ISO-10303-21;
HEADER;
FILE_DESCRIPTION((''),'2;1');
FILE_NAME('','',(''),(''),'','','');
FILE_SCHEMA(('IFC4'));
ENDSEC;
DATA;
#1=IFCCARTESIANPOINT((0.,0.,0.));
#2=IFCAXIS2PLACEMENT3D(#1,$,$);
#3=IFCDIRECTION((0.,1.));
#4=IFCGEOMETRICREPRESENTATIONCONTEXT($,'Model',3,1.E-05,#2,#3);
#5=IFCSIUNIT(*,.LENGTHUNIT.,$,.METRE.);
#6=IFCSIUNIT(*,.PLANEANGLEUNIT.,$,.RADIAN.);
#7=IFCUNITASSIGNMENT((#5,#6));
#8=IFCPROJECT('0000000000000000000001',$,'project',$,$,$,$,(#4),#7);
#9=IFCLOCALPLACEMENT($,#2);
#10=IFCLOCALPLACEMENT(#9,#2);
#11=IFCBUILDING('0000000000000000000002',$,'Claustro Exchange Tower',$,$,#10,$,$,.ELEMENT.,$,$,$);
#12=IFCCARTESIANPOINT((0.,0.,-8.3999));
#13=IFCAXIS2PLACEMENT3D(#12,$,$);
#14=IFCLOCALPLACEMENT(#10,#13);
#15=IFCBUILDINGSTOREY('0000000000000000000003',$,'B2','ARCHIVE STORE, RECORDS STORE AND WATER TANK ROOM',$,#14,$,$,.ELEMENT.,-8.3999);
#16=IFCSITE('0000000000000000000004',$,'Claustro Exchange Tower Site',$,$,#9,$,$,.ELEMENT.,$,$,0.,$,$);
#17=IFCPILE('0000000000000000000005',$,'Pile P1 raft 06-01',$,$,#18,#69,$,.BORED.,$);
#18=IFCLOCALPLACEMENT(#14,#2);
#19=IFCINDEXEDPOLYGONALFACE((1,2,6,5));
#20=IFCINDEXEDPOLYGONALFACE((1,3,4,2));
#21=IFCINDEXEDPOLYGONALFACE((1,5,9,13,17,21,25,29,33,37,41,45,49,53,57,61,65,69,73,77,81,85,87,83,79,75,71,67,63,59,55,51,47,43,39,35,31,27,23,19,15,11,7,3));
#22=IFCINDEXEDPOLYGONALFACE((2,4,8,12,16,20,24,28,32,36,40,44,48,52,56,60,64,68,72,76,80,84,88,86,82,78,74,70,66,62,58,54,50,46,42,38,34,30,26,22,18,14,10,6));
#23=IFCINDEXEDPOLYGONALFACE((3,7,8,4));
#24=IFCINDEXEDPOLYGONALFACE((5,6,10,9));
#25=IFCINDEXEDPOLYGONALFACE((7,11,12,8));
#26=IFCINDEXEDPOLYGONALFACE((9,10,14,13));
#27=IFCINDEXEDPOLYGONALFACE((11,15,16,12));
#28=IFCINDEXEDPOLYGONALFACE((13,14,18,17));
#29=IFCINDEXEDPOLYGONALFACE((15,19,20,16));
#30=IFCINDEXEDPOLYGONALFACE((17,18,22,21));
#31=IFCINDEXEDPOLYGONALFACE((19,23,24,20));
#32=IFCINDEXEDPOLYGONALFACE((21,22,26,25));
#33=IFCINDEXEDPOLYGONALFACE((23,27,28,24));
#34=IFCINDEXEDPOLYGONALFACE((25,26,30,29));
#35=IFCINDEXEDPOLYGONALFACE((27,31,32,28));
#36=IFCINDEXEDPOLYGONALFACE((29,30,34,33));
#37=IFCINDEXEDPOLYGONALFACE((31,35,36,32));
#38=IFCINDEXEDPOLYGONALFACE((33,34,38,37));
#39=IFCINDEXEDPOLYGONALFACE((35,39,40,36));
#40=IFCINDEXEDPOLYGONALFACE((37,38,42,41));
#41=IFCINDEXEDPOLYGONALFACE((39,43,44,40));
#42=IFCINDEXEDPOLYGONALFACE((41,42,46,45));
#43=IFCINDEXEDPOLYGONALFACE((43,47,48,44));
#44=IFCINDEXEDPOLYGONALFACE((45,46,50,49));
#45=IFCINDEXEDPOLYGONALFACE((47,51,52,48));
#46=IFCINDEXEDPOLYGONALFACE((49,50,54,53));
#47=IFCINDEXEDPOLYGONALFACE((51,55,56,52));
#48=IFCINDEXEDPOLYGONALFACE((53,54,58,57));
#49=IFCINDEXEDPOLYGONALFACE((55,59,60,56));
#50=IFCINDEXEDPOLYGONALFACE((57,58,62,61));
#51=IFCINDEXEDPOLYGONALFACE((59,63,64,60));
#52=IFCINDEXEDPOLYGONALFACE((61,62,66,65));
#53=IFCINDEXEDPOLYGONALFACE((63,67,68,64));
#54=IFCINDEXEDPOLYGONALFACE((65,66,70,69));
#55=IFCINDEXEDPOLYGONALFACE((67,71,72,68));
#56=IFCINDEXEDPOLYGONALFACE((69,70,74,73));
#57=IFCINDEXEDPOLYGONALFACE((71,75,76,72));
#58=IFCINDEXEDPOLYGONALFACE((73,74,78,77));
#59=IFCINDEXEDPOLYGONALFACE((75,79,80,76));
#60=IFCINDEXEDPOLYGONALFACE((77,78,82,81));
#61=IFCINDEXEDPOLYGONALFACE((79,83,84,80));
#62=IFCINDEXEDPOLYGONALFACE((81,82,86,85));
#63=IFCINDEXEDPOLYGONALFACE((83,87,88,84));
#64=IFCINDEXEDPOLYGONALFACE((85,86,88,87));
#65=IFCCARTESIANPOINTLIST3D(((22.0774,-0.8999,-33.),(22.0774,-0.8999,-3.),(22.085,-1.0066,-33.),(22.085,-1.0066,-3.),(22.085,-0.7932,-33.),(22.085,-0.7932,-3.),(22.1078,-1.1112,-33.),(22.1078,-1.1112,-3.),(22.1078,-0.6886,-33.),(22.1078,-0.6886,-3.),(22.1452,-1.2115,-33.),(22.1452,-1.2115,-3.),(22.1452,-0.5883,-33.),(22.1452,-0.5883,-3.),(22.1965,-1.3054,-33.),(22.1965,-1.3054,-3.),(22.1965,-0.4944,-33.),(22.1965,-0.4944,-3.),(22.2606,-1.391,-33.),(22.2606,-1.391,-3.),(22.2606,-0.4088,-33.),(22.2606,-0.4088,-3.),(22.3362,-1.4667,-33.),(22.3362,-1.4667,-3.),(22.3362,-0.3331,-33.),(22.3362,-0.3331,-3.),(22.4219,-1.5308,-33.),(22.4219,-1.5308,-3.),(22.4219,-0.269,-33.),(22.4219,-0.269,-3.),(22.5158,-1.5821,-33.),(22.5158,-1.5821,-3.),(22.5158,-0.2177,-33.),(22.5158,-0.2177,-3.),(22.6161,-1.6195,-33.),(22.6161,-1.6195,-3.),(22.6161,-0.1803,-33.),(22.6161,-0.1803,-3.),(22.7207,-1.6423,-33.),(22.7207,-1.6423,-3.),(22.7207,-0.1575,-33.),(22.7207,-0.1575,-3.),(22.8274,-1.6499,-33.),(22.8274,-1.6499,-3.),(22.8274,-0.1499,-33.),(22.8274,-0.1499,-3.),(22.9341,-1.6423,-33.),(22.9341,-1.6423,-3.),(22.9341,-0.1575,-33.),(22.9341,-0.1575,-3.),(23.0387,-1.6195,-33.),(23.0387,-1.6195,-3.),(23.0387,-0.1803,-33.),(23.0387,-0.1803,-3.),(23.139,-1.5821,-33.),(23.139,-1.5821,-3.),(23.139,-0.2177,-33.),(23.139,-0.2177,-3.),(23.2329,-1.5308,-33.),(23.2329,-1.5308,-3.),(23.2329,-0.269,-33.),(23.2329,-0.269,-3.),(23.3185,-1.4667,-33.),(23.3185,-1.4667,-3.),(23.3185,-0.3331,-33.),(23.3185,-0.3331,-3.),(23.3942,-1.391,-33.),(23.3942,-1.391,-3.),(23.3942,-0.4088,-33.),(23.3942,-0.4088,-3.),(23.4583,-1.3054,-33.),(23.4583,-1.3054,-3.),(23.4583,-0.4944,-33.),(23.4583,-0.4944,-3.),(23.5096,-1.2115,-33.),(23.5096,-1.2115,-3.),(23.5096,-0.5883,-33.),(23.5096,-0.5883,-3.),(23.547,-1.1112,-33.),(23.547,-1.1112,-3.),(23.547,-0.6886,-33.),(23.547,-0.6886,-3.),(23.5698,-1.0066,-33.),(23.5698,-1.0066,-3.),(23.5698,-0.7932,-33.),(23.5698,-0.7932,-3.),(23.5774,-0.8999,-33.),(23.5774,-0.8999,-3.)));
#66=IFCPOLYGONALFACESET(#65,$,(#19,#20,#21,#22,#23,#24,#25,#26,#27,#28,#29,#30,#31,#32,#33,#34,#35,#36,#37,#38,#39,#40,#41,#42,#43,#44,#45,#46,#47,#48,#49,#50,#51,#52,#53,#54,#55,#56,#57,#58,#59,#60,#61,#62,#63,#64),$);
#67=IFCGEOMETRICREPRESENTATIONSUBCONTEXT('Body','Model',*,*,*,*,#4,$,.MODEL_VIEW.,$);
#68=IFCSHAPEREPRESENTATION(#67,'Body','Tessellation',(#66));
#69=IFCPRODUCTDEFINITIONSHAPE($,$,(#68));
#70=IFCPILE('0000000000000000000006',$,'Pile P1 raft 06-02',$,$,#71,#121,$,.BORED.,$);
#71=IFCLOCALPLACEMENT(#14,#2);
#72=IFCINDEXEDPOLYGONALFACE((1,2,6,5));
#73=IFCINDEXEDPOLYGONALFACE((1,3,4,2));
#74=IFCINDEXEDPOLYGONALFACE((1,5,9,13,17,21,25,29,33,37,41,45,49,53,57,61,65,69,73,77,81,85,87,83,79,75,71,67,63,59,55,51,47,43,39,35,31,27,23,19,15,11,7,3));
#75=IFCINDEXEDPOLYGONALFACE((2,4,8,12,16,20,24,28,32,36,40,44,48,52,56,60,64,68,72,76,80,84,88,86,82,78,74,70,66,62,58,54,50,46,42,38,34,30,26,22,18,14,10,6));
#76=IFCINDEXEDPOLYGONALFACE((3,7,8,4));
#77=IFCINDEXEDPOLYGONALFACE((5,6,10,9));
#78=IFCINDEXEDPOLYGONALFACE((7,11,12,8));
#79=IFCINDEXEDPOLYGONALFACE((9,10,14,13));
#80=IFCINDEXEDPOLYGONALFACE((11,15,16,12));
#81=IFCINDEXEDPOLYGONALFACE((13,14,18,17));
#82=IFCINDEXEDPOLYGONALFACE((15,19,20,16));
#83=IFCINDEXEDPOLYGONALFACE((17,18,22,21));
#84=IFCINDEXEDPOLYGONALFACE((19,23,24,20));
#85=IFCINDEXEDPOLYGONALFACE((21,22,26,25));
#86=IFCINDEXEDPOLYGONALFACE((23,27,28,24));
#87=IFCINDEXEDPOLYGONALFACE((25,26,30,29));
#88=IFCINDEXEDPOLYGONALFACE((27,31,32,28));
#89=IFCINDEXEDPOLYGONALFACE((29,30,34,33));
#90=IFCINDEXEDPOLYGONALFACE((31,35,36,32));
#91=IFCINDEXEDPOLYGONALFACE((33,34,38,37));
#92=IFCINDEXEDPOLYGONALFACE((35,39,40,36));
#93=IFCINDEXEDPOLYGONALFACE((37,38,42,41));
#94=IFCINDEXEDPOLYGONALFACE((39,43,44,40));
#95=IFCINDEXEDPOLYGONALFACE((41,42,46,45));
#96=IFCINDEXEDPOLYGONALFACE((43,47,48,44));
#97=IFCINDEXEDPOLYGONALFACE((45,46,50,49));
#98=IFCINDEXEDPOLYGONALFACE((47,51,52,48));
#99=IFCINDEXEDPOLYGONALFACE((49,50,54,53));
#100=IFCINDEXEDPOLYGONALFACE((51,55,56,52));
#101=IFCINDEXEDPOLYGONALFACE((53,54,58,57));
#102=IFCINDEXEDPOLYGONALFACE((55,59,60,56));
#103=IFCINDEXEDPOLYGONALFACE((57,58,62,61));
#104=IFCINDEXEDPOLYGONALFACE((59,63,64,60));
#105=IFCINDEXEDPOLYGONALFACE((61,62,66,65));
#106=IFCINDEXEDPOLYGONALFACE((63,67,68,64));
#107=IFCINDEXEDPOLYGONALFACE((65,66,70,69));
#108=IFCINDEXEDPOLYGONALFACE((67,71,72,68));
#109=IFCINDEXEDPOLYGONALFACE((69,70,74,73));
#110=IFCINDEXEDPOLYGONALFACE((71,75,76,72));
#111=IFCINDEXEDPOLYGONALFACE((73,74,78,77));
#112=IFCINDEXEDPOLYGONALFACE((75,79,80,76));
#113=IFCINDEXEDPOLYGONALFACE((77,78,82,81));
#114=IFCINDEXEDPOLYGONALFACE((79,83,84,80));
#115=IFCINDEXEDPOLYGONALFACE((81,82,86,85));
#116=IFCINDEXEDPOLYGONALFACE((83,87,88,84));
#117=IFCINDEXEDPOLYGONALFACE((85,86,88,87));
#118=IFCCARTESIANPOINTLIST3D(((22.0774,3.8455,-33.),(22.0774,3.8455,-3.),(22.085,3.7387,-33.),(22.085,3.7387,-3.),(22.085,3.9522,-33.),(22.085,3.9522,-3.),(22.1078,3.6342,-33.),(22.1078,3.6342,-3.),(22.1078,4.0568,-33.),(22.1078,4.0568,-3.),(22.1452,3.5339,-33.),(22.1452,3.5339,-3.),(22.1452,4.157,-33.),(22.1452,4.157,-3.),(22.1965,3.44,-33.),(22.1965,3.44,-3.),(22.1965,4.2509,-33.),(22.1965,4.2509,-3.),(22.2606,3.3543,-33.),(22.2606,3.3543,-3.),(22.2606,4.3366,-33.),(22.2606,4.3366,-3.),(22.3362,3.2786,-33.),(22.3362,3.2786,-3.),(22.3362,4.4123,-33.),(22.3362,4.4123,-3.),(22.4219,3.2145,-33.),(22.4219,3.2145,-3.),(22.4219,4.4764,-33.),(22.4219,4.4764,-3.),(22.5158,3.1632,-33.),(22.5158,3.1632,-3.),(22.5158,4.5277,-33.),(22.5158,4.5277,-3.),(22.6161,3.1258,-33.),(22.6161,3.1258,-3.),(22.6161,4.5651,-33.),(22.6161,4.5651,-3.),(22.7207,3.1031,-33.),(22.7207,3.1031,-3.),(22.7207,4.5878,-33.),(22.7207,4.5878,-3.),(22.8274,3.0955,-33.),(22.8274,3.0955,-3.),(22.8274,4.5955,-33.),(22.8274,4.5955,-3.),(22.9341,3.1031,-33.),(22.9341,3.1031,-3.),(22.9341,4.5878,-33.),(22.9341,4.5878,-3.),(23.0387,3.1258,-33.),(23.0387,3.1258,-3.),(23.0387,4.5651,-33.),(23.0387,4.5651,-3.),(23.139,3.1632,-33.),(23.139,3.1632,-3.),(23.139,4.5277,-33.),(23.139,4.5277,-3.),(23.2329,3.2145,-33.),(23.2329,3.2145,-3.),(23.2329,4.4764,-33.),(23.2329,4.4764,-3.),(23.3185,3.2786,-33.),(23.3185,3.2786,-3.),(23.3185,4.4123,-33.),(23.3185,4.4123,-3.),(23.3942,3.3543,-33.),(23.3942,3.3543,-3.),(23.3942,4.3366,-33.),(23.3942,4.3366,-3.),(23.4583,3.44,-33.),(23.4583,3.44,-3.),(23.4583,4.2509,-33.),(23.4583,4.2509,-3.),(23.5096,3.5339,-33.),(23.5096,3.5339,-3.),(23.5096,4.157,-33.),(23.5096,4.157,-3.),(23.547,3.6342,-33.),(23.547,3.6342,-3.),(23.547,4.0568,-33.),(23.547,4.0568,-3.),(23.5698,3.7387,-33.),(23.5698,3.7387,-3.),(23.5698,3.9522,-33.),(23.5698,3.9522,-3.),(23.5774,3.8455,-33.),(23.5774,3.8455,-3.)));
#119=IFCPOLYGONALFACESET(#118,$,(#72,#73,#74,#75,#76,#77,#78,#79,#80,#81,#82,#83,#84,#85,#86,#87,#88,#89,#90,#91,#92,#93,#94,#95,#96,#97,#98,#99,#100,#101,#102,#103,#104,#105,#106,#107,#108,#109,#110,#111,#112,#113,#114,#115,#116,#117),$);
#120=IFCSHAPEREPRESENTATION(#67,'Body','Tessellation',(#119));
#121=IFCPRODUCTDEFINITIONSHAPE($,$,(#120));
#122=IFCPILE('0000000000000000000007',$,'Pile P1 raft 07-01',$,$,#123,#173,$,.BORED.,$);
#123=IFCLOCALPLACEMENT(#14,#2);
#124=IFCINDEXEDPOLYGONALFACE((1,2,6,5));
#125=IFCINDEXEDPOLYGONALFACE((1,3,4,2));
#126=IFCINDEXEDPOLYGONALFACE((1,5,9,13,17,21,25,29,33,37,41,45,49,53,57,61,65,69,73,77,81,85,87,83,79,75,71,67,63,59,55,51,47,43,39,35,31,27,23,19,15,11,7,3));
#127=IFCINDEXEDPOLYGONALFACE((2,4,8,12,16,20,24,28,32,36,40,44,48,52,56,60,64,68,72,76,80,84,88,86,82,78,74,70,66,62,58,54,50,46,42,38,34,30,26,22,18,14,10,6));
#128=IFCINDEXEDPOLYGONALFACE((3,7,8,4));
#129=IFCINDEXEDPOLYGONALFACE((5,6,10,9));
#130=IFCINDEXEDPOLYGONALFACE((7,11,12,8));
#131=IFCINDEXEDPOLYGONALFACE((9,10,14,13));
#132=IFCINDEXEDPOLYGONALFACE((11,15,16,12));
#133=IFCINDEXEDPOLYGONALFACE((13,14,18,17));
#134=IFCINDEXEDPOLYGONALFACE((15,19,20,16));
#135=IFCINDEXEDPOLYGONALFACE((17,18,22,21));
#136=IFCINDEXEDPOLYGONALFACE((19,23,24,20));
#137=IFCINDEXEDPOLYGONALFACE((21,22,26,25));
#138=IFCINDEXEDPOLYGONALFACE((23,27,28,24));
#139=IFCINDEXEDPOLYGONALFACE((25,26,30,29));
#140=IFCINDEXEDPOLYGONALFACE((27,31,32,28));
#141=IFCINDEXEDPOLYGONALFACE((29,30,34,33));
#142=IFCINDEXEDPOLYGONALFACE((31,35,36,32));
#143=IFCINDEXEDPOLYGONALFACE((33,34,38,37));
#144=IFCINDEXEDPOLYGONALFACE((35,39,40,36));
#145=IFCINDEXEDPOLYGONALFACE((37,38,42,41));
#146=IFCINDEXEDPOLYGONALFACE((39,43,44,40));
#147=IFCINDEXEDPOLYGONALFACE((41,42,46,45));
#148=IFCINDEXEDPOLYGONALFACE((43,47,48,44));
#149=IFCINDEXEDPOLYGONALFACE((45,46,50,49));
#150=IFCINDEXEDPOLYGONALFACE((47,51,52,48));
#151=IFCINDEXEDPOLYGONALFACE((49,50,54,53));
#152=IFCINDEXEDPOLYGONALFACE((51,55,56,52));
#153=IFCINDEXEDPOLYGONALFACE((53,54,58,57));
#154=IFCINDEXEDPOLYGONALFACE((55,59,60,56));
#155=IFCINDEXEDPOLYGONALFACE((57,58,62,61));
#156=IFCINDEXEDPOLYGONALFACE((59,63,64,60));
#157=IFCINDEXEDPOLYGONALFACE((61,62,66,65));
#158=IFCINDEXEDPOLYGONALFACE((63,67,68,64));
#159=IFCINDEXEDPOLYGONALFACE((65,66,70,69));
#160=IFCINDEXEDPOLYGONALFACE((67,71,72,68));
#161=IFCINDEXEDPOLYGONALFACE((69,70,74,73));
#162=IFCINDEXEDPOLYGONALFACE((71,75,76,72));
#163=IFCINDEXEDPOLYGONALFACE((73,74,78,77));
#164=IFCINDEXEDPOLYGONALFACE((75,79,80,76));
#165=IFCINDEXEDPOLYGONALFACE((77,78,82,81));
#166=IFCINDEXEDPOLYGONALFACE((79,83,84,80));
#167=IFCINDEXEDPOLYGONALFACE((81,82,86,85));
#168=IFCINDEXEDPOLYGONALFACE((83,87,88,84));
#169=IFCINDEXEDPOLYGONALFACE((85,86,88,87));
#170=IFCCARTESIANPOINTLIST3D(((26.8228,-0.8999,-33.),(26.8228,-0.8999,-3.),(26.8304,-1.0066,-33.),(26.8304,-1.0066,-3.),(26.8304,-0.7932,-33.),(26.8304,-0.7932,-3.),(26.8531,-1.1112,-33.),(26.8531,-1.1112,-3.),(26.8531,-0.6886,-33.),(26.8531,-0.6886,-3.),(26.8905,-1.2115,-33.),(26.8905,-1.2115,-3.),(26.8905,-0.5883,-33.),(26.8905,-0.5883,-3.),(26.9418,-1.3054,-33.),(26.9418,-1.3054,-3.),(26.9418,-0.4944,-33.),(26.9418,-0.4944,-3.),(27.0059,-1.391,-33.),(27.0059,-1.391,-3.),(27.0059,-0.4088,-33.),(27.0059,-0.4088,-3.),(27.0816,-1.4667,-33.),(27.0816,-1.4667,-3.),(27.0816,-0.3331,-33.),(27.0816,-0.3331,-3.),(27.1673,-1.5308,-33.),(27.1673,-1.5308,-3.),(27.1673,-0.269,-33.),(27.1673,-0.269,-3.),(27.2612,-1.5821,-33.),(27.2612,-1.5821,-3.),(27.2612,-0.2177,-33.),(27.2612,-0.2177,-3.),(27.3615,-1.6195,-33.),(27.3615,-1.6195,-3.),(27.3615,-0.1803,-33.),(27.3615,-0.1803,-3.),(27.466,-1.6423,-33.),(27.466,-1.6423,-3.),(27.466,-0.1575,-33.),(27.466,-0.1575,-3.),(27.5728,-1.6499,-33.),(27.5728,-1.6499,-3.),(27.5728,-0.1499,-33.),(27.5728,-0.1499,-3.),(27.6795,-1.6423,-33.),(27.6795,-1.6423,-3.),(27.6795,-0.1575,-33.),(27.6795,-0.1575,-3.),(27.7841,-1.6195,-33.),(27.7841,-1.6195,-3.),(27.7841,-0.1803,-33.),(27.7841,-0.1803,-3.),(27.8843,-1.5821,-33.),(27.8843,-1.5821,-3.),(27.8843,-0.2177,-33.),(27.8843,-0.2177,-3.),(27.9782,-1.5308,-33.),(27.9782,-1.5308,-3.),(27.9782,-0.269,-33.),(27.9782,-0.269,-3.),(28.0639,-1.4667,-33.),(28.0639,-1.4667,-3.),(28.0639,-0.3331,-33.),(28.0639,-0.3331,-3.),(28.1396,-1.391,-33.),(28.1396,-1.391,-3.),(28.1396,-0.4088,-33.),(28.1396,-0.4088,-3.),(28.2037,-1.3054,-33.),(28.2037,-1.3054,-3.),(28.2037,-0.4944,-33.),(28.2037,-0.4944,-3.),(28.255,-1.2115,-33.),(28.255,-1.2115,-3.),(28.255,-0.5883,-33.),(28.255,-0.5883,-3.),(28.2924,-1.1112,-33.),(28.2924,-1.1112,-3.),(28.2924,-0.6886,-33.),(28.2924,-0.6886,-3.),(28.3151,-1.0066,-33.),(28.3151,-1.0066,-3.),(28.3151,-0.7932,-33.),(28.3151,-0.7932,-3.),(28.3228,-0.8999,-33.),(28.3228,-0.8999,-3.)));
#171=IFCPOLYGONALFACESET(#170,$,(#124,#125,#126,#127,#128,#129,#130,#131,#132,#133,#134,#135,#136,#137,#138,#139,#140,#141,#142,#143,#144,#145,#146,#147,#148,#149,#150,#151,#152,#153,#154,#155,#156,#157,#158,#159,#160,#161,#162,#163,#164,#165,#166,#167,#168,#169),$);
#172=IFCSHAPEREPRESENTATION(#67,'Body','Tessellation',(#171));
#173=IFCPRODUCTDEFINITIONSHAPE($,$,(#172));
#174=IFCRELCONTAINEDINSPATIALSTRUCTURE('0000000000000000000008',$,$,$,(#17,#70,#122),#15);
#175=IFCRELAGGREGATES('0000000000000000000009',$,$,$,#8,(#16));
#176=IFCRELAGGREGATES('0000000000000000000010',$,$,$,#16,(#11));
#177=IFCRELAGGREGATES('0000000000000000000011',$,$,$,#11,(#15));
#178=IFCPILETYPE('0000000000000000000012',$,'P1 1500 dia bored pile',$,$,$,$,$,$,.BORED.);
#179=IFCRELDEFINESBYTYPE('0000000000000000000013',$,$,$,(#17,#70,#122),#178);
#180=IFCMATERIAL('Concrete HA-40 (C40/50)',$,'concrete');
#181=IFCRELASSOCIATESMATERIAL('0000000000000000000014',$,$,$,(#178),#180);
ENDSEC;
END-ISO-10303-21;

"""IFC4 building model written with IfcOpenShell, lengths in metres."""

from ifc_helpers import new_model, si_unit, direction, frame, origin, origin_2d, place, context, subcontext, project, spatial, circle, extrude, material, type_object, element, save


model = new_model("IFC4")

# Units and contexts
model_context = context("Model", 3, precision=1e-05, world=origin(), true_north=direction((0.0, 1.0)))
body_context = subcontext(model_context, "Body", "Model", "MODEL_VIEW")
ifc_project = project(units=[si_unit("LENGTHUNIT", "METRE"), si_unit("PLANEANGLEUNIT", "RADIAN")], contexts=[model_context])

# Site, building, storey
site_placement = place(None, origin())
site = spatial("IfcSite", under=ifc_project, at=site_placement, Name="Claustro Exchange Tower Site", CompositionType="ELEMENT", RefElevation=0.0)
building_placement = place(site_placement, origin())
building = spatial("IfcBuilding", under=site, at=building_placement, Name="Claustro Exchange Tower", CompositionType="ELEMENT")
storey_placement = place(building_placement, frame((0.0, 0.0, -8.3999)))
storey = spatial("IfcBuildingStorey", under=building, at=storey_placement, Name="B2", Description="ARCHIVE STORE, RECORDS STORE AND WATER TANK ROOM", CompositionType="ELEMENT", Elevation=-8.3999)

# Piles
ifc_material_1 = material(Name="Concrete HA-40 (C40/50)", Category="concrete")
pile_type_1 = type_object("IfcPileType", Name="P1 1500 dia bored pile", PredefinedType="BORED", material=ifc_material_1)
for number, where, z_axis, x_axis, name in (
    (1, (22.8274, -0.8999, -3.0), (0.0, 0.0, -1.0), (1.0, 0.0, 0.0), "Pile P1 raft 06-01"),
    (2, (22.8274, 3.8455, -3.0), (0.0, 0.0, -1.0), (1.0, 0.0, 0.0), "Pile P1 raft 06-02"),
    (3, (27.5728, -0.8999, -3.0), (0.0, 0.0, -1.0), (1.0, 0.0, 0.0), "Pile P1 raft 07-01"),
):
    element("IfcPile", number, at=place(storey_placement, frame(where, z_axis=z_axis, x_axis=x_axis)), inside=storey, type_object=pile_type_1, Name=name, PredefinedType="BORED", context=body_context, shape_type="SweptSolid", body=[
        extrude(circle(Radius=0.75, at=origin_2d()), origin(), (0.0, 0.0, 1.0), 30.0),
    ])

save(model, "model.ifc")
